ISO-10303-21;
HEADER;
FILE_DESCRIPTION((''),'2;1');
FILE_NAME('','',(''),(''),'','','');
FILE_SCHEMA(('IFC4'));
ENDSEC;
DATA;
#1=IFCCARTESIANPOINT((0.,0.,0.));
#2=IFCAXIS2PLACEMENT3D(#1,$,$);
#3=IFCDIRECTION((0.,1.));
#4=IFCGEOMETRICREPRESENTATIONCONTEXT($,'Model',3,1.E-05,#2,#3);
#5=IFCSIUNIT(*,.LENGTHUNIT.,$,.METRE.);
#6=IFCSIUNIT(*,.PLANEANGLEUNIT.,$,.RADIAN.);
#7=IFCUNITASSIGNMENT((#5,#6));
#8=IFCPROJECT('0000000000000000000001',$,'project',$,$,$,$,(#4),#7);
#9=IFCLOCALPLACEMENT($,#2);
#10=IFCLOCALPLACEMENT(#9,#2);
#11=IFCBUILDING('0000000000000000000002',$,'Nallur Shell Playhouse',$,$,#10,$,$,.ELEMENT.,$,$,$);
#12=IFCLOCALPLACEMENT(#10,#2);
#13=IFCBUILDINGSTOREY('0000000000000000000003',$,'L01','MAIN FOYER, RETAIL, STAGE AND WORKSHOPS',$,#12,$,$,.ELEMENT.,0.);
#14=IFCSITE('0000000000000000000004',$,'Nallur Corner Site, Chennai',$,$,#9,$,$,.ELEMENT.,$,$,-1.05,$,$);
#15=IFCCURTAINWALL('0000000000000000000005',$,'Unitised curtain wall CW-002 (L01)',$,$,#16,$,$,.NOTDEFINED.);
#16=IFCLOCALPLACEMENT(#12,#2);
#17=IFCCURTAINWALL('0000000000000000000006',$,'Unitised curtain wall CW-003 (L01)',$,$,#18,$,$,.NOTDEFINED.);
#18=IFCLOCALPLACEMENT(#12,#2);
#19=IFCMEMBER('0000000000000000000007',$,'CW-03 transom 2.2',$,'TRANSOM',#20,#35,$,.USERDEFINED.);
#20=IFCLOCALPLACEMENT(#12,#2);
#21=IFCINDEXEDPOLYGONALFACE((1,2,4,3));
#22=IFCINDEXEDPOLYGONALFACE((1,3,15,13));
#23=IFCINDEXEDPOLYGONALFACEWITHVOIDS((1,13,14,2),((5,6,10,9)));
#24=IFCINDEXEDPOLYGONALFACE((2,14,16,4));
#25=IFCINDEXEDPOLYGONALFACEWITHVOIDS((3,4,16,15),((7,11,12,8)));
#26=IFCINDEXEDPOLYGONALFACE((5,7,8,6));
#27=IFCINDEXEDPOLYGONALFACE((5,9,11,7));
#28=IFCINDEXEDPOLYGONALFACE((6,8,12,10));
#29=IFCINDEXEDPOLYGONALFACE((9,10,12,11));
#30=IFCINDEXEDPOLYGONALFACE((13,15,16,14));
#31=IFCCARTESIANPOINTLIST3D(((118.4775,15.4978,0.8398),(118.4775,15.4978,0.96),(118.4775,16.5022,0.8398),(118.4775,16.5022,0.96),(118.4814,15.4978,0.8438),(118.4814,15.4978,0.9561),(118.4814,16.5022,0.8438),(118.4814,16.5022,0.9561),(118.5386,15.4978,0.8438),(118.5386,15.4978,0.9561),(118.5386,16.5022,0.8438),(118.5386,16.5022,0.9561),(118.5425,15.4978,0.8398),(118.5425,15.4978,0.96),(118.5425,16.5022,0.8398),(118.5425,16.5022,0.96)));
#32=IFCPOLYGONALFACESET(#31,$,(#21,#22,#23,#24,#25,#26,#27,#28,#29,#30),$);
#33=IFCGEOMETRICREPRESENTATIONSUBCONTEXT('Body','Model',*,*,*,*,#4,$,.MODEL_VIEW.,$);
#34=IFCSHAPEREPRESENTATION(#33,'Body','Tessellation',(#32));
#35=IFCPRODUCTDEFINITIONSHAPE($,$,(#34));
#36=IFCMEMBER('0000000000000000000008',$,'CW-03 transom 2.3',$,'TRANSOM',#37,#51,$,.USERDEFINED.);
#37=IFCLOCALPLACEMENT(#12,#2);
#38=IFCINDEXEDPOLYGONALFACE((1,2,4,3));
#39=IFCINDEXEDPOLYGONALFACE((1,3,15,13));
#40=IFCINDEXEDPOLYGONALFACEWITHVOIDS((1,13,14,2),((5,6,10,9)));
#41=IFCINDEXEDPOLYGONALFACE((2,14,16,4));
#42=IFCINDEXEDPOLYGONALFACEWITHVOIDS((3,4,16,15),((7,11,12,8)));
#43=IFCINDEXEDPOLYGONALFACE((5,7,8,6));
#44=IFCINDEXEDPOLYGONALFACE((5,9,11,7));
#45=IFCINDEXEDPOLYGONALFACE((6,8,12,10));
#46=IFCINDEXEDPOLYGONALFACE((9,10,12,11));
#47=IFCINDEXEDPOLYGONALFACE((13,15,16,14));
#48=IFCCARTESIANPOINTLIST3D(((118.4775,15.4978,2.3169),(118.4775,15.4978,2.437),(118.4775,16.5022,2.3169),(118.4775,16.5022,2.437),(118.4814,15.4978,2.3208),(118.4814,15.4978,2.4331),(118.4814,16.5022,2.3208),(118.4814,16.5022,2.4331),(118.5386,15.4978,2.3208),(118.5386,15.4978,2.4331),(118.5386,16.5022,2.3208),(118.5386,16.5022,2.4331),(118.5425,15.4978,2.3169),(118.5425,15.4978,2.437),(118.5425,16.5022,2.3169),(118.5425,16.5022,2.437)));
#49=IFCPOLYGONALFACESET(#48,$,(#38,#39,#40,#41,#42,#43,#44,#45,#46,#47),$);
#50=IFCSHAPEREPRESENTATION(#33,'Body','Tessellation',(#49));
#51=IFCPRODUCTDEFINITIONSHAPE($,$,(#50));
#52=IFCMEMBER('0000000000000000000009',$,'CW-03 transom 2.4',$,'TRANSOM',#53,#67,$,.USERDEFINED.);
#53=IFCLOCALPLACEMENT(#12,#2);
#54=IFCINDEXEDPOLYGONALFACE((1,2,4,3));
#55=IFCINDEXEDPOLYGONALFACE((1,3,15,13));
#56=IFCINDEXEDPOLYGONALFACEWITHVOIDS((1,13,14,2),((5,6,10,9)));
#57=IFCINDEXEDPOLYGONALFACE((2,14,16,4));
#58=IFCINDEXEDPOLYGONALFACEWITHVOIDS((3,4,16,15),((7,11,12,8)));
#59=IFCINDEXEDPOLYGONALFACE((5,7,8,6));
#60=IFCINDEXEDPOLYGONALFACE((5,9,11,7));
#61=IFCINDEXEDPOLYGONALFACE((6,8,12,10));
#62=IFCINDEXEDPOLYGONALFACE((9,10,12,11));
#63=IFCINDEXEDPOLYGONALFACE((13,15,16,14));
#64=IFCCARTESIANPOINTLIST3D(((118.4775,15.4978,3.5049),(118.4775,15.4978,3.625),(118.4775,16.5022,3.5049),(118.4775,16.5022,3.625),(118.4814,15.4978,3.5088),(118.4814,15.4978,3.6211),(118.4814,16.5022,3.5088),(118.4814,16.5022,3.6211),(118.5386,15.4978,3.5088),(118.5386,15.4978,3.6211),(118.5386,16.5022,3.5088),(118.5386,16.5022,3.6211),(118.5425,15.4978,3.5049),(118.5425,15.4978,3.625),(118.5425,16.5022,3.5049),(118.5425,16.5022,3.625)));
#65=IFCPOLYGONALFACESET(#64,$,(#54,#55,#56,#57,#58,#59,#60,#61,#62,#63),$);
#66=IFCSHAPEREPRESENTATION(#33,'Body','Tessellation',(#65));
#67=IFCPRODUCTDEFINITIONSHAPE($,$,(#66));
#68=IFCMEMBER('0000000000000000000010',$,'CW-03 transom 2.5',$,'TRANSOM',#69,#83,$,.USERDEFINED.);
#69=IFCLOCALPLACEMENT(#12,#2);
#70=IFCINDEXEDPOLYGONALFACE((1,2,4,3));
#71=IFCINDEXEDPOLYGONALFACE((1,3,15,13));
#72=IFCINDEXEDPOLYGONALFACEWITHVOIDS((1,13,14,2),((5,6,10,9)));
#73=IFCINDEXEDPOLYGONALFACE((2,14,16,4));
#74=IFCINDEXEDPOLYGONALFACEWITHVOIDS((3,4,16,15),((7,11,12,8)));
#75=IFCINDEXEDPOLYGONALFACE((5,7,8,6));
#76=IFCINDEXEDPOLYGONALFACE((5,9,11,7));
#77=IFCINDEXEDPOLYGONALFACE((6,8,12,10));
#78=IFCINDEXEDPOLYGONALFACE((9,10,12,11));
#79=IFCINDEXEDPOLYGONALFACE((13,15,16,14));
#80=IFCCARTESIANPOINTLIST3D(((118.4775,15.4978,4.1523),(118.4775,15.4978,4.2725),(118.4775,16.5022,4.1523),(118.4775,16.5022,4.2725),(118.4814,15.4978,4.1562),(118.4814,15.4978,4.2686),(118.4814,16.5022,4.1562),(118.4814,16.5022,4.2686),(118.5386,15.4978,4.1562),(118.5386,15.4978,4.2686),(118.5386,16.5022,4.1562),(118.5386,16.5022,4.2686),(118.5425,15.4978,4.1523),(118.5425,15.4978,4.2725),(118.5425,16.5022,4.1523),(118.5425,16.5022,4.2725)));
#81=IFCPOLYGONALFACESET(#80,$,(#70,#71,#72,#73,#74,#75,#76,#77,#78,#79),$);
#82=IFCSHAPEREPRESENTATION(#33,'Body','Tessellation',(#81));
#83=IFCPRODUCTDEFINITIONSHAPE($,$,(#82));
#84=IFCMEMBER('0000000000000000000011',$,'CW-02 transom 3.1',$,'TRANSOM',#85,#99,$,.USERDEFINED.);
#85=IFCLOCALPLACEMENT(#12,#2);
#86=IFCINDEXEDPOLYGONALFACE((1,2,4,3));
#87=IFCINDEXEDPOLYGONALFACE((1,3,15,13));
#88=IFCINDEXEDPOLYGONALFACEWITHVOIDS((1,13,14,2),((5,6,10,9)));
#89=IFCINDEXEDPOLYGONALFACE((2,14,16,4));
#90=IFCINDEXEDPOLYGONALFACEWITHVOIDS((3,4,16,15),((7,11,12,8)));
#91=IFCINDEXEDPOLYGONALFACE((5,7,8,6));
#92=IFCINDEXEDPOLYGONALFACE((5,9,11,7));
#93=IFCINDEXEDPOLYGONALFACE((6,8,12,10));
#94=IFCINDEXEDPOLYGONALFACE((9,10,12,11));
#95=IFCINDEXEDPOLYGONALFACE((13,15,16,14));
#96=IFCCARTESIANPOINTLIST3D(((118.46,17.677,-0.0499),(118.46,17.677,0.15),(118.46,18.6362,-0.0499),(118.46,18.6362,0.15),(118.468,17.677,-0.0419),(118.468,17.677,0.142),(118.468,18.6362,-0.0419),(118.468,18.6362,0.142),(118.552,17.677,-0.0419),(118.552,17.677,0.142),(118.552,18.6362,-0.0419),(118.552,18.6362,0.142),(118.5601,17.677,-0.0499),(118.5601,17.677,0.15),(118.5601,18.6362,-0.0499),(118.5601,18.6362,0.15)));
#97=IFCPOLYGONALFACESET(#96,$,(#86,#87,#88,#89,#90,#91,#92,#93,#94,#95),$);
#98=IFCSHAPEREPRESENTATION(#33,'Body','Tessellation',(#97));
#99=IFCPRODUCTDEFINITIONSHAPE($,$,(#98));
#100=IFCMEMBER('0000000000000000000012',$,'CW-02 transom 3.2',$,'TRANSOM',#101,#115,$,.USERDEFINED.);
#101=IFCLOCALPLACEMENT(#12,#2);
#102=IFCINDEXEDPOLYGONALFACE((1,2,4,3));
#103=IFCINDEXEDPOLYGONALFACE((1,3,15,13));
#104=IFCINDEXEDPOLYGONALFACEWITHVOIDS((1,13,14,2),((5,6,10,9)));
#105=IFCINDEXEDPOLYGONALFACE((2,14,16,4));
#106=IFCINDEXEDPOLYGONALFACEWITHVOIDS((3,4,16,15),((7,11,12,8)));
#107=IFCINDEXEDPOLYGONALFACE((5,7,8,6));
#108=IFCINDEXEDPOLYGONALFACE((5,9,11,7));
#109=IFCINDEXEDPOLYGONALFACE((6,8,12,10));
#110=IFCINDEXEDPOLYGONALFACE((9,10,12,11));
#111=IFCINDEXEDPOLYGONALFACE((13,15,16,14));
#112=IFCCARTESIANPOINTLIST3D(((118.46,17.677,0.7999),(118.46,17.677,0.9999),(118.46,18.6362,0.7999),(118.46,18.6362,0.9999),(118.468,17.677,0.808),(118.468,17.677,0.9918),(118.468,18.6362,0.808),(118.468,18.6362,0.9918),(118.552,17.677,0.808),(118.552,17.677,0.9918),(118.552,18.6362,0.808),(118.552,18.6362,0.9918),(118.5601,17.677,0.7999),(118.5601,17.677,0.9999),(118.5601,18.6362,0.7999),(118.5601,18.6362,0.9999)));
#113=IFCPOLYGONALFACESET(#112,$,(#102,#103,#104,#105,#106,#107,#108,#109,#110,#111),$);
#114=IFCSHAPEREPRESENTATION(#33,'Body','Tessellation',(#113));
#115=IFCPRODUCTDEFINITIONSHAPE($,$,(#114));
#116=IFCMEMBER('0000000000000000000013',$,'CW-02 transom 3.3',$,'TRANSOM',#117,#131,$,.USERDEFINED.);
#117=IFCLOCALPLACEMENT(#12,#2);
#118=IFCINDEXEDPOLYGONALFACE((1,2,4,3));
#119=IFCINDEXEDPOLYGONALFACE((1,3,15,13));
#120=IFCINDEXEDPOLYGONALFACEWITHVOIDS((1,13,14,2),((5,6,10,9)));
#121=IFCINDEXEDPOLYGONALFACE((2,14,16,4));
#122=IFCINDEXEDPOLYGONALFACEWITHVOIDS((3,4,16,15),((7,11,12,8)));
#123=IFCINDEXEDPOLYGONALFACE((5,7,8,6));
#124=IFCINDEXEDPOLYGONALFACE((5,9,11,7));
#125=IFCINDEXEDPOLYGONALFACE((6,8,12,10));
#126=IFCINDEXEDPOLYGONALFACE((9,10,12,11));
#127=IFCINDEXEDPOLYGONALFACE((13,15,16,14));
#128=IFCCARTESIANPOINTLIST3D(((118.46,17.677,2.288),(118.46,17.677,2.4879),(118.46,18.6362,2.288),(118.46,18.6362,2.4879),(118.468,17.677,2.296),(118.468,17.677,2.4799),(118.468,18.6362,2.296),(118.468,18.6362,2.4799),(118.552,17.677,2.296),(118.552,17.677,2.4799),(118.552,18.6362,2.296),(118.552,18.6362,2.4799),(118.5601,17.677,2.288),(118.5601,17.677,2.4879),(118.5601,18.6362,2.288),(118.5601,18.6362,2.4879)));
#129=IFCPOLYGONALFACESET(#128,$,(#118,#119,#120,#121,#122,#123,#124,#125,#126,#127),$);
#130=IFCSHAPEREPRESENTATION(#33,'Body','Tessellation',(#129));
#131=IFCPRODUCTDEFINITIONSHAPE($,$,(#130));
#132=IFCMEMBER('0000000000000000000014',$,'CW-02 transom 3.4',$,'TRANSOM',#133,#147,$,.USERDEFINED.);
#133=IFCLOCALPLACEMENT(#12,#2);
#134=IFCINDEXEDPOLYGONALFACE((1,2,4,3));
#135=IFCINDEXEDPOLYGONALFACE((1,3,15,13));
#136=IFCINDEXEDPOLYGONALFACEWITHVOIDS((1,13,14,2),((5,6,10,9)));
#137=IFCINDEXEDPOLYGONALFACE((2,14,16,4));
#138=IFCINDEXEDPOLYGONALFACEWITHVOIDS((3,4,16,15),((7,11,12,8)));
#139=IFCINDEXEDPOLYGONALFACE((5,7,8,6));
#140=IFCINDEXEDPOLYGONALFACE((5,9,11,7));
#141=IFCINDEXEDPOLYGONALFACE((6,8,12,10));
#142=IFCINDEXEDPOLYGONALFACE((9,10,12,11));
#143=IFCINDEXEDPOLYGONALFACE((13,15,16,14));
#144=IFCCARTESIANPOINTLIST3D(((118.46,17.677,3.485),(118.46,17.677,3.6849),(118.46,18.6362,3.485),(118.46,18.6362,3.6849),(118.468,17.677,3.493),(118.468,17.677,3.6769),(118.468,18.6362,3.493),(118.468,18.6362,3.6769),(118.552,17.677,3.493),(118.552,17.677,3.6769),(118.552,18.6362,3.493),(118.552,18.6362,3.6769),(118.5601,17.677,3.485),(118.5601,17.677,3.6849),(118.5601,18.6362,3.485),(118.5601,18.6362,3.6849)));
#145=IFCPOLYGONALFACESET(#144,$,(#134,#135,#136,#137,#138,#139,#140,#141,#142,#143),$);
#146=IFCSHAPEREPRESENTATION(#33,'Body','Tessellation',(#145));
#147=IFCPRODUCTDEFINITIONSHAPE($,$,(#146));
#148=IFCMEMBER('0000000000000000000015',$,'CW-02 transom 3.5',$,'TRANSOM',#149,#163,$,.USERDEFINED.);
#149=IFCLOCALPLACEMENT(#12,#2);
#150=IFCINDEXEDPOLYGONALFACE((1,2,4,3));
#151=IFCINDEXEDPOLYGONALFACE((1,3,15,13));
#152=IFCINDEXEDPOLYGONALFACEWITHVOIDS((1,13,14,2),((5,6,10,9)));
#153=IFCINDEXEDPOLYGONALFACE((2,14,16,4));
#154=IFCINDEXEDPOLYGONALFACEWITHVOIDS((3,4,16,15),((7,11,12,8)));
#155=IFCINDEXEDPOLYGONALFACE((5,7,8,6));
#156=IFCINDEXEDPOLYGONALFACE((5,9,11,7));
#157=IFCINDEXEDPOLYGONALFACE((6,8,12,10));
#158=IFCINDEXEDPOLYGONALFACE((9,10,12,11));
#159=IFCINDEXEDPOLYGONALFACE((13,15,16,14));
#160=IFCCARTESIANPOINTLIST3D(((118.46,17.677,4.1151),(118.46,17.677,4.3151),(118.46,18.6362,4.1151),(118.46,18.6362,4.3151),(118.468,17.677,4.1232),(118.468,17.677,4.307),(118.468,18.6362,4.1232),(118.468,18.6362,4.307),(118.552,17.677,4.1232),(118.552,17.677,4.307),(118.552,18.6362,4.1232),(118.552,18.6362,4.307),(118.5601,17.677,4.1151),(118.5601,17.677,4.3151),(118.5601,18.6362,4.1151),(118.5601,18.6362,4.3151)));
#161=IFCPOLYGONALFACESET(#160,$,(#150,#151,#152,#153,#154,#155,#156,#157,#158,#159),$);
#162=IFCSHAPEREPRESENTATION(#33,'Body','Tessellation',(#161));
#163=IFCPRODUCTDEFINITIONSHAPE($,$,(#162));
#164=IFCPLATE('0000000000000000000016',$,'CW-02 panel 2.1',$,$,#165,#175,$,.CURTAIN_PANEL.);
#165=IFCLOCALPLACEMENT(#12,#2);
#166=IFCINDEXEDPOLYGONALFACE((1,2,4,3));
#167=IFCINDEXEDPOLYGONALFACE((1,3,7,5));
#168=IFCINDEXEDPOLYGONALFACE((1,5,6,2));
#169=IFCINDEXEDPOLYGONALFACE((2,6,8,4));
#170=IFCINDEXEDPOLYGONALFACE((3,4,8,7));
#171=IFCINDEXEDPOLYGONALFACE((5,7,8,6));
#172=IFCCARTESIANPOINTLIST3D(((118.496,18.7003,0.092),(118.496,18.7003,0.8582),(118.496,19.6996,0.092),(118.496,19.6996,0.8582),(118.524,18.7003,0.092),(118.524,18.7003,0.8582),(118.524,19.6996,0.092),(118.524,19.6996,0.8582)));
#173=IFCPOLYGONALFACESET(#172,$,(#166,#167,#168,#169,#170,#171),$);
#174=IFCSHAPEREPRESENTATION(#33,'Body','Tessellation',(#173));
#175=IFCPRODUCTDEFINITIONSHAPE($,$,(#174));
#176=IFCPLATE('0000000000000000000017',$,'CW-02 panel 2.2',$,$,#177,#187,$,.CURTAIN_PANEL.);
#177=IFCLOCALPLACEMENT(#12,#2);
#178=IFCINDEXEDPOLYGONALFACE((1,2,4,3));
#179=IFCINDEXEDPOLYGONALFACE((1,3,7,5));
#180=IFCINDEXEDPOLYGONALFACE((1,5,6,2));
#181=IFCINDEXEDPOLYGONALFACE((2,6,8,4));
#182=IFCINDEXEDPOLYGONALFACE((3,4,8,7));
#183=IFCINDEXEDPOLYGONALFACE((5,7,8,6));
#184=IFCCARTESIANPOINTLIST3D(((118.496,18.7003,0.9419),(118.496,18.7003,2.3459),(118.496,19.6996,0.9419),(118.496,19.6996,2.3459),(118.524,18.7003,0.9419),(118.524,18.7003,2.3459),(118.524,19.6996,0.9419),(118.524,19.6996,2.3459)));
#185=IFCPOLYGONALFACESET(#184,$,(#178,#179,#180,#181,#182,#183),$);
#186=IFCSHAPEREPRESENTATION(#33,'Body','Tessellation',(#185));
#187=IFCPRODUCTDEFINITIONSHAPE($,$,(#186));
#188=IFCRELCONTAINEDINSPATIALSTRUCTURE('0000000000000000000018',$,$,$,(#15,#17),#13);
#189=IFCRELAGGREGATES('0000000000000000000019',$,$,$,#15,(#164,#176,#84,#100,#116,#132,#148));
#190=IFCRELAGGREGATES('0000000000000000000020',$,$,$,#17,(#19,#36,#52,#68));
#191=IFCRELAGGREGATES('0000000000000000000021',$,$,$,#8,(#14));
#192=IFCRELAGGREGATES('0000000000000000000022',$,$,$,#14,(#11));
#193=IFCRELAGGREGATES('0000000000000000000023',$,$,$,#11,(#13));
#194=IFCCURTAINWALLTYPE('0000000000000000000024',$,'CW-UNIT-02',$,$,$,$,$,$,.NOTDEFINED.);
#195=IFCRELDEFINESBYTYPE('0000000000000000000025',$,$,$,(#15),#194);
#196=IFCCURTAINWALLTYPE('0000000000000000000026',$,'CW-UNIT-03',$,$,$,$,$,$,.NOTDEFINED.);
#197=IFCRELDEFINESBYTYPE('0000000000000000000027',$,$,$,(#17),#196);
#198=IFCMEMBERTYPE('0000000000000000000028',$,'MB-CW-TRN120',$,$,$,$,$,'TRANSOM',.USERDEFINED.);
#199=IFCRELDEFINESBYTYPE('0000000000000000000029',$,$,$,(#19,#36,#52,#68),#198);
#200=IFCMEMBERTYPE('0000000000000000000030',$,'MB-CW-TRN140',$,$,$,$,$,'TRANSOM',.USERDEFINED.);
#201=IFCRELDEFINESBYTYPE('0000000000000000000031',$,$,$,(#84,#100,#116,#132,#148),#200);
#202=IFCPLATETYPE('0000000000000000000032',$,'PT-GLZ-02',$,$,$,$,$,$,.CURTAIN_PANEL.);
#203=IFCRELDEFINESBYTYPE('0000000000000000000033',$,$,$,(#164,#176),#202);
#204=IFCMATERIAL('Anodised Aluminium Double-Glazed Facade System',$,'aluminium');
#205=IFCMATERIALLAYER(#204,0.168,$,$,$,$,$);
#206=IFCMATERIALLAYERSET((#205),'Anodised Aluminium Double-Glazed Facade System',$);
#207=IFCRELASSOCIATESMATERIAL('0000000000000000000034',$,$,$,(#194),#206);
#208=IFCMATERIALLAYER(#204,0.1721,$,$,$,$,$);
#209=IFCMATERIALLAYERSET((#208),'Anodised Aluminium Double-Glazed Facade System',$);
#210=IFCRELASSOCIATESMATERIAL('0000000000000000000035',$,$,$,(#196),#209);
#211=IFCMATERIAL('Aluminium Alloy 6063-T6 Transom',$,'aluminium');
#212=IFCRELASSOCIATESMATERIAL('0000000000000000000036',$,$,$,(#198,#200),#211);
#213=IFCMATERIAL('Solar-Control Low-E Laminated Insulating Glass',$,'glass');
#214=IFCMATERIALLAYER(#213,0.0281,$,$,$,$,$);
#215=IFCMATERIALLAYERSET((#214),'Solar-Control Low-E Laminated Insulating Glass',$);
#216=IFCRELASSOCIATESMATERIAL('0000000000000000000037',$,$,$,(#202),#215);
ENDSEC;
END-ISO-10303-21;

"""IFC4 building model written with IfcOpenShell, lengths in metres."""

from ifc_helpers import new_model, si_unit, direction, frame, origin, origin_2d, place, context, subcontext, project, spatial, rectangle, hollow_rectangle, extrude, material, layer, layer_set, material_profile, profile_set, type_object, element, aggregate, save


model = new_model("IFC4")

# Units and contexts
model_context = context("Model", 3, precision=1e-05, world=origin(), true_north=direction((0.0, 1.0)))
body_context = subcontext(model_context, "Body", "Model", "MODEL_VIEW")
ifc_project = project(units=[si_unit("LENGTHUNIT", "METRE"), si_unit("PLANEANGLEUNIT", "RADIAN")], contexts=[model_context])

# Site, building, storey
site_placement = place(None, origin())
site = spatial("IfcSite", under=ifc_project, at=site_placement, Name="Nallur Corner Site, Chennai", CompositionType="ELEMENT", RefElevation=-1.05)
building_placement = place(site_placement, origin())
building = spatial("IfcBuilding", under=site, at=building_placement, Name="Nallur Shell Playhouse", CompositionType="ELEMENT")
storey_placement = place(building_placement, origin())
storey = spatial("IfcBuildingStorey", under=building, at=storey_placement, Name="L01", Description="MAIN FOYER, RETAIL, STAGE AND WORKSHOPS", CompositionType="ELEMENT", Elevation=0.0)

# Curtain walls, members
ifc_material_1 = material(Name="Anodised Aluminium Double-Glazed Facade System", Category="aluminium")
ifc_layer_1 = layer(ifc_material_1, 0.168)
ifc_layer_set_1 = layer_set([ifc_layer_1], Name="Anodised Aluminium Double-Glazed Facade System")
curtain_wall_type_1 = type_object("IfcCurtainWallType", Name="CW-UNIT-02", PredefinedType="NOTDEFINED", material=ifc_layer_set_1)
curtain_wall_1_placement = place(storey_placement, origin())
curtain_wall_1 = element("IfcCurtainWall", 1, at=curtain_wall_1_placement, inside=storey, type_object=curtain_wall_type_1, Name="Unitised curtain wall CW-002 (L01)", PredefinedType="NOTDEFINED")
ifc_layer_2 = layer(ifc_material_1, 0.1721)
ifc_layer_set_2 = layer_set([ifc_layer_2], Name="Anodised Aluminium Double-Glazed Facade System")
curtain_wall_type_2 = type_object("IfcCurtainWallType", Name="CW-UNIT-03", PredefinedType="NOTDEFINED", material=ifc_layer_set_2)
curtain_wall_2_placement = place(storey_placement, origin())
curtain_wall_2 = element("IfcCurtainWall", 2, at=curtain_wall_2_placement, inside=storey, type_object=curtain_wall_type_2, Name="Unitised curtain wall CW-003 (L01)", PredefinedType="NOTDEFINED")
ifc_material_2 = material(Name="Aluminium Alloy 6063-T6 Transom", Category="aluminium")
ifc_material_profile_1 = material_profile(ifc_material_2, hollow_rectangle(XDim=0.0649, YDim=0.1201, WallThickness=0.0039, at=origin_2d()), Name="ALU 65x120x4")
ifc_profile_set_1 = profile_set([ifc_material_profile_1], Name="Aluminium Alloy 6063-T6 Transom")
member_type_1 = type_object("IfcMemberType", Name="MB-CW-TRN120", ElementType="TRANSOM", PredefinedType="USERDEFINED", material=ifc_profile_set_1)
member_1_placement = place(storey_placement, frame((118.51, 16.5022, 0.8999), z_axis=(0.0, -1.0, 0.0), x_axis=(1.0, 0.0, 0.0)))
member_1 = element("IfcMember", 3, at=member_1_placement, type_object=member_type_1, Name="CW-03 transom 2.2", ObjectType="TRANSOM", PredefinedType="USERDEFINED", context=body_context, shape_type="SweptSolid", body=[
    extrude(hollow_rectangle(XDim=0.0649, YDim=0.1201, WallThickness=0.0039, at=origin_2d()), origin(), (0.0, 0.0, 1.0), 1.0044),
])
member_2_placement = place(storey_placement, frame((118.51, 16.5022, 2.377), z_axis=(0.0, -1.0, 0.0), x_axis=(1.0, 0.0, 0.0)))
member_2 = element("IfcMember", 4, at=member_2_placement, type_object=member_type_1, Name="CW-03 transom 2.3", ObjectType="TRANSOM", PredefinedType="USERDEFINED", context=body_context, shape_type="SweptSolid", body=[
    extrude(hollow_rectangle(XDim=0.0649, YDim=0.1201, WallThickness=0.0039, at=origin_2d()), origin(), (0.0, 0.0, 1.0), 1.0044),
])
member_3_placement = place(storey_placement, frame((118.51, 16.5022, 3.5649), z_axis=(0.0, -1.0, 0.0), x_axis=(1.0, 0.0, 0.0)))
member_3 = element("IfcMember", 5, at=member_3_placement, type_object=member_type_1, Name="CW-03 transom 2.4", ObjectType="TRANSOM", PredefinedType="USERDEFINED", context=body_context, shape_type="SweptSolid", body=[
    extrude(hollow_rectangle(XDim=0.0649, YDim=0.1201, WallThickness=0.0039, at=origin_2d()), origin(), (0.0, 0.0, 1.0), 1.0044),
])
member_4_placement = place(storey_placement, frame((118.51, 16.5022, 4.2124), z_axis=(0.0, -1.0, 0.0), x_axis=(1.0, 0.0, 0.0)))
member_4 = element("IfcMember", 6, at=member_4_placement, type_object=member_type_1, Name="CW-03 transom 2.5", ObjectType="TRANSOM", PredefinedType="USERDEFINED", context=body_context, shape_type="SweptSolid", body=[
    extrude(hollow_rectangle(XDim=0.0649, YDim=0.1201, WallThickness=0.0039, at=origin_2d()), origin(), (0.0, 0.0, 1.0), 1.0044),
])

# Members
ifc_material_profile_2 = material_profile(ifc_material_2, hollow_rectangle(XDim=0.1001, YDim=0.2, WallThickness=0.0081, at=origin_2d()), Name="RHS 200x100x8")
ifc_profile_set_2 = profile_set([ifc_material_profile_2], Name="Aluminium Alloy 6063-T6 Transom")
member_type_2 = type_object("IfcMemberType", Name="MB-CW-TRN140", ElementType="TRANSOM", PredefinedType="USERDEFINED", material=ifc_profile_set_2)
member_5_placement = place(storey_placement, frame((118.51, 18.6362, 0.05), z_axis=(0.0, -1.0, 0.0), x_axis=(1.0, 0.0, 0.0)))
member_5 = element("IfcMember", 7, at=member_5_placement, type_object=member_type_2, Name="CW-02 transom 3.1", ObjectType="TRANSOM", PredefinedType="USERDEFINED", context=body_context, shape_type="SweptSolid", body=[
    extrude(hollow_rectangle(XDim=0.1001, YDim=0.2, WallThickness=0.0081, at=origin_2d()), origin(), (0.0, 0.0, 1.0), 0.9592),
])
member_6_placement = place(storey_placement, frame((118.51, 18.6362, 0.8999), z_axis=(0.0, -1.0, 0.0), x_axis=(1.0, 0.0, 0.0)))
member_6 = element("IfcMember", 8, at=member_6_placement, type_object=member_type_2, Name="CW-02 transom 3.2", ObjectType="TRANSOM", PredefinedType="USERDEFINED", context=body_context, shape_type="SweptSolid", body=[
    extrude(hollow_rectangle(XDim=0.1001, YDim=0.2, WallThickness=0.0081, at=origin_2d()), origin(), (0.0, 0.0, 1.0), 0.9592),
])
member_7_placement = place(storey_placement, frame((118.51, 18.6362, 2.3879), z_axis=(0.0, -1.0, 0.0), x_axis=(1.0, 0.0, 0.0)))
member_7 = element("IfcMember", 9, at=member_7_placement, type_object=member_type_2, Name="CW-02 transom 3.3", ObjectType="TRANSOM", PredefinedType="USERDEFINED", context=body_context, shape_type="SweptSolid", body=[
    extrude(hollow_rectangle(XDim=0.1001, YDim=0.2, WallThickness=0.0081, at=origin_2d()), origin(), (0.0, 0.0, 1.0), 0.9592),
])
member_8_placement = place(storey_placement, frame((118.51, 18.6362, 3.585), z_axis=(0.0, -1.0, 0.0), x_axis=(1.0, 0.0, 0.0)))
member_8 = element("IfcMember", 10, at=member_8_placement, type_object=member_type_2, Name="CW-02 transom 3.4", ObjectType="TRANSOM", PredefinedType="USERDEFINED", context=body_context, shape_type="SweptSolid", body=[
    extrude(hollow_rectangle(XDim=0.1001, YDim=0.2, WallThickness=0.0081, at=origin_2d()), origin(), (0.0, 0.0, 1.0), 0.9592),
])
member_9_placement = place(storey_placement, frame((118.51, 18.6362, 4.2151), z_axis=(0.0, -1.0, 0.0), x_axis=(1.0, 0.0, 0.0)))
member_9 = element("IfcMember", 11, at=member_9_placement, type_object=member_type_2, Name="CW-02 transom 3.5", ObjectType="TRANSOM", PredefinedType="USERDEFINED", context=body_context, shape_type="SweptSolid", body=[
    extrude(hollow_rectangle(XDim=0.1001, YDim=0.2, WallThickness=0.0081, at=origin_2d()), origin(), (0.0, 0.0, 1.0), 0.9592),
])

# Plates
ifc_material_3 = material(Name="Solar-Control Low-E Laminated Insulating Glass", Category="glass")
ifc_layer_3 = layer(ifc_material_3, 0.0281)
ifc_layer_set_3 = layer_set([ifc_layer_3], Name="Solar-Control Low-E Laminated Insulating Glass")
plate_type_1 = type_object("IfcPlateType", Name="PT-GLZ-02", PredefinedType="CURTAIN_PANEL", material=ifc_layer_set_3)
plate_1_placement = place(storey_placement, frame((118.51, 19.2, 0.092), z_axis=(0.0, 0.0, 1.0), x_axis=(0.0, -1.0, 0.0)))
plate_1 = element("IfcPlate", 12, at=plate_1_placement, type_object=plate_type_1, Name="CW-02 panel 2.1", PredefinedType="CURTAIN_PANEL", context=body_context, shape_type="SweptSolid", body=[
    extrude(rectangle(XDim=0.9993, YDim=0.0281, at=origin_2d()), origin(), (0.0, 0.0, 1.0), 0.7661),
])
plate_2_placement = place(storey_placement, frame((118.51, 19.2, 0.9419), z_axis=(0.0, 0.0, 1.0), x_axis=(0.0, -1.0, 0.0)))
plate_2 = element("IfcPlate", 13, at=plate_2_placement, type_object=plate_type_1, Name="CW-02 panel 2.2", PredefinedType="CURTAIN_PANEL", context=body_context, shape_type="SweptSolid", body=[
    extrude(rectangle(XDim=0.9993, YDim=0.0281, at=origin_2d()), origin(), (0.0, 0.0, 1.0), 1.4041),
])
aggregate(curtain_wall_1, [plate_1, plate_2, member_5, member_6, member_7, member_8, member_9])
aggregate(curtain_wall_2, [member_1, member_2, member_3, member_4])

save(model, "model.ifc")
